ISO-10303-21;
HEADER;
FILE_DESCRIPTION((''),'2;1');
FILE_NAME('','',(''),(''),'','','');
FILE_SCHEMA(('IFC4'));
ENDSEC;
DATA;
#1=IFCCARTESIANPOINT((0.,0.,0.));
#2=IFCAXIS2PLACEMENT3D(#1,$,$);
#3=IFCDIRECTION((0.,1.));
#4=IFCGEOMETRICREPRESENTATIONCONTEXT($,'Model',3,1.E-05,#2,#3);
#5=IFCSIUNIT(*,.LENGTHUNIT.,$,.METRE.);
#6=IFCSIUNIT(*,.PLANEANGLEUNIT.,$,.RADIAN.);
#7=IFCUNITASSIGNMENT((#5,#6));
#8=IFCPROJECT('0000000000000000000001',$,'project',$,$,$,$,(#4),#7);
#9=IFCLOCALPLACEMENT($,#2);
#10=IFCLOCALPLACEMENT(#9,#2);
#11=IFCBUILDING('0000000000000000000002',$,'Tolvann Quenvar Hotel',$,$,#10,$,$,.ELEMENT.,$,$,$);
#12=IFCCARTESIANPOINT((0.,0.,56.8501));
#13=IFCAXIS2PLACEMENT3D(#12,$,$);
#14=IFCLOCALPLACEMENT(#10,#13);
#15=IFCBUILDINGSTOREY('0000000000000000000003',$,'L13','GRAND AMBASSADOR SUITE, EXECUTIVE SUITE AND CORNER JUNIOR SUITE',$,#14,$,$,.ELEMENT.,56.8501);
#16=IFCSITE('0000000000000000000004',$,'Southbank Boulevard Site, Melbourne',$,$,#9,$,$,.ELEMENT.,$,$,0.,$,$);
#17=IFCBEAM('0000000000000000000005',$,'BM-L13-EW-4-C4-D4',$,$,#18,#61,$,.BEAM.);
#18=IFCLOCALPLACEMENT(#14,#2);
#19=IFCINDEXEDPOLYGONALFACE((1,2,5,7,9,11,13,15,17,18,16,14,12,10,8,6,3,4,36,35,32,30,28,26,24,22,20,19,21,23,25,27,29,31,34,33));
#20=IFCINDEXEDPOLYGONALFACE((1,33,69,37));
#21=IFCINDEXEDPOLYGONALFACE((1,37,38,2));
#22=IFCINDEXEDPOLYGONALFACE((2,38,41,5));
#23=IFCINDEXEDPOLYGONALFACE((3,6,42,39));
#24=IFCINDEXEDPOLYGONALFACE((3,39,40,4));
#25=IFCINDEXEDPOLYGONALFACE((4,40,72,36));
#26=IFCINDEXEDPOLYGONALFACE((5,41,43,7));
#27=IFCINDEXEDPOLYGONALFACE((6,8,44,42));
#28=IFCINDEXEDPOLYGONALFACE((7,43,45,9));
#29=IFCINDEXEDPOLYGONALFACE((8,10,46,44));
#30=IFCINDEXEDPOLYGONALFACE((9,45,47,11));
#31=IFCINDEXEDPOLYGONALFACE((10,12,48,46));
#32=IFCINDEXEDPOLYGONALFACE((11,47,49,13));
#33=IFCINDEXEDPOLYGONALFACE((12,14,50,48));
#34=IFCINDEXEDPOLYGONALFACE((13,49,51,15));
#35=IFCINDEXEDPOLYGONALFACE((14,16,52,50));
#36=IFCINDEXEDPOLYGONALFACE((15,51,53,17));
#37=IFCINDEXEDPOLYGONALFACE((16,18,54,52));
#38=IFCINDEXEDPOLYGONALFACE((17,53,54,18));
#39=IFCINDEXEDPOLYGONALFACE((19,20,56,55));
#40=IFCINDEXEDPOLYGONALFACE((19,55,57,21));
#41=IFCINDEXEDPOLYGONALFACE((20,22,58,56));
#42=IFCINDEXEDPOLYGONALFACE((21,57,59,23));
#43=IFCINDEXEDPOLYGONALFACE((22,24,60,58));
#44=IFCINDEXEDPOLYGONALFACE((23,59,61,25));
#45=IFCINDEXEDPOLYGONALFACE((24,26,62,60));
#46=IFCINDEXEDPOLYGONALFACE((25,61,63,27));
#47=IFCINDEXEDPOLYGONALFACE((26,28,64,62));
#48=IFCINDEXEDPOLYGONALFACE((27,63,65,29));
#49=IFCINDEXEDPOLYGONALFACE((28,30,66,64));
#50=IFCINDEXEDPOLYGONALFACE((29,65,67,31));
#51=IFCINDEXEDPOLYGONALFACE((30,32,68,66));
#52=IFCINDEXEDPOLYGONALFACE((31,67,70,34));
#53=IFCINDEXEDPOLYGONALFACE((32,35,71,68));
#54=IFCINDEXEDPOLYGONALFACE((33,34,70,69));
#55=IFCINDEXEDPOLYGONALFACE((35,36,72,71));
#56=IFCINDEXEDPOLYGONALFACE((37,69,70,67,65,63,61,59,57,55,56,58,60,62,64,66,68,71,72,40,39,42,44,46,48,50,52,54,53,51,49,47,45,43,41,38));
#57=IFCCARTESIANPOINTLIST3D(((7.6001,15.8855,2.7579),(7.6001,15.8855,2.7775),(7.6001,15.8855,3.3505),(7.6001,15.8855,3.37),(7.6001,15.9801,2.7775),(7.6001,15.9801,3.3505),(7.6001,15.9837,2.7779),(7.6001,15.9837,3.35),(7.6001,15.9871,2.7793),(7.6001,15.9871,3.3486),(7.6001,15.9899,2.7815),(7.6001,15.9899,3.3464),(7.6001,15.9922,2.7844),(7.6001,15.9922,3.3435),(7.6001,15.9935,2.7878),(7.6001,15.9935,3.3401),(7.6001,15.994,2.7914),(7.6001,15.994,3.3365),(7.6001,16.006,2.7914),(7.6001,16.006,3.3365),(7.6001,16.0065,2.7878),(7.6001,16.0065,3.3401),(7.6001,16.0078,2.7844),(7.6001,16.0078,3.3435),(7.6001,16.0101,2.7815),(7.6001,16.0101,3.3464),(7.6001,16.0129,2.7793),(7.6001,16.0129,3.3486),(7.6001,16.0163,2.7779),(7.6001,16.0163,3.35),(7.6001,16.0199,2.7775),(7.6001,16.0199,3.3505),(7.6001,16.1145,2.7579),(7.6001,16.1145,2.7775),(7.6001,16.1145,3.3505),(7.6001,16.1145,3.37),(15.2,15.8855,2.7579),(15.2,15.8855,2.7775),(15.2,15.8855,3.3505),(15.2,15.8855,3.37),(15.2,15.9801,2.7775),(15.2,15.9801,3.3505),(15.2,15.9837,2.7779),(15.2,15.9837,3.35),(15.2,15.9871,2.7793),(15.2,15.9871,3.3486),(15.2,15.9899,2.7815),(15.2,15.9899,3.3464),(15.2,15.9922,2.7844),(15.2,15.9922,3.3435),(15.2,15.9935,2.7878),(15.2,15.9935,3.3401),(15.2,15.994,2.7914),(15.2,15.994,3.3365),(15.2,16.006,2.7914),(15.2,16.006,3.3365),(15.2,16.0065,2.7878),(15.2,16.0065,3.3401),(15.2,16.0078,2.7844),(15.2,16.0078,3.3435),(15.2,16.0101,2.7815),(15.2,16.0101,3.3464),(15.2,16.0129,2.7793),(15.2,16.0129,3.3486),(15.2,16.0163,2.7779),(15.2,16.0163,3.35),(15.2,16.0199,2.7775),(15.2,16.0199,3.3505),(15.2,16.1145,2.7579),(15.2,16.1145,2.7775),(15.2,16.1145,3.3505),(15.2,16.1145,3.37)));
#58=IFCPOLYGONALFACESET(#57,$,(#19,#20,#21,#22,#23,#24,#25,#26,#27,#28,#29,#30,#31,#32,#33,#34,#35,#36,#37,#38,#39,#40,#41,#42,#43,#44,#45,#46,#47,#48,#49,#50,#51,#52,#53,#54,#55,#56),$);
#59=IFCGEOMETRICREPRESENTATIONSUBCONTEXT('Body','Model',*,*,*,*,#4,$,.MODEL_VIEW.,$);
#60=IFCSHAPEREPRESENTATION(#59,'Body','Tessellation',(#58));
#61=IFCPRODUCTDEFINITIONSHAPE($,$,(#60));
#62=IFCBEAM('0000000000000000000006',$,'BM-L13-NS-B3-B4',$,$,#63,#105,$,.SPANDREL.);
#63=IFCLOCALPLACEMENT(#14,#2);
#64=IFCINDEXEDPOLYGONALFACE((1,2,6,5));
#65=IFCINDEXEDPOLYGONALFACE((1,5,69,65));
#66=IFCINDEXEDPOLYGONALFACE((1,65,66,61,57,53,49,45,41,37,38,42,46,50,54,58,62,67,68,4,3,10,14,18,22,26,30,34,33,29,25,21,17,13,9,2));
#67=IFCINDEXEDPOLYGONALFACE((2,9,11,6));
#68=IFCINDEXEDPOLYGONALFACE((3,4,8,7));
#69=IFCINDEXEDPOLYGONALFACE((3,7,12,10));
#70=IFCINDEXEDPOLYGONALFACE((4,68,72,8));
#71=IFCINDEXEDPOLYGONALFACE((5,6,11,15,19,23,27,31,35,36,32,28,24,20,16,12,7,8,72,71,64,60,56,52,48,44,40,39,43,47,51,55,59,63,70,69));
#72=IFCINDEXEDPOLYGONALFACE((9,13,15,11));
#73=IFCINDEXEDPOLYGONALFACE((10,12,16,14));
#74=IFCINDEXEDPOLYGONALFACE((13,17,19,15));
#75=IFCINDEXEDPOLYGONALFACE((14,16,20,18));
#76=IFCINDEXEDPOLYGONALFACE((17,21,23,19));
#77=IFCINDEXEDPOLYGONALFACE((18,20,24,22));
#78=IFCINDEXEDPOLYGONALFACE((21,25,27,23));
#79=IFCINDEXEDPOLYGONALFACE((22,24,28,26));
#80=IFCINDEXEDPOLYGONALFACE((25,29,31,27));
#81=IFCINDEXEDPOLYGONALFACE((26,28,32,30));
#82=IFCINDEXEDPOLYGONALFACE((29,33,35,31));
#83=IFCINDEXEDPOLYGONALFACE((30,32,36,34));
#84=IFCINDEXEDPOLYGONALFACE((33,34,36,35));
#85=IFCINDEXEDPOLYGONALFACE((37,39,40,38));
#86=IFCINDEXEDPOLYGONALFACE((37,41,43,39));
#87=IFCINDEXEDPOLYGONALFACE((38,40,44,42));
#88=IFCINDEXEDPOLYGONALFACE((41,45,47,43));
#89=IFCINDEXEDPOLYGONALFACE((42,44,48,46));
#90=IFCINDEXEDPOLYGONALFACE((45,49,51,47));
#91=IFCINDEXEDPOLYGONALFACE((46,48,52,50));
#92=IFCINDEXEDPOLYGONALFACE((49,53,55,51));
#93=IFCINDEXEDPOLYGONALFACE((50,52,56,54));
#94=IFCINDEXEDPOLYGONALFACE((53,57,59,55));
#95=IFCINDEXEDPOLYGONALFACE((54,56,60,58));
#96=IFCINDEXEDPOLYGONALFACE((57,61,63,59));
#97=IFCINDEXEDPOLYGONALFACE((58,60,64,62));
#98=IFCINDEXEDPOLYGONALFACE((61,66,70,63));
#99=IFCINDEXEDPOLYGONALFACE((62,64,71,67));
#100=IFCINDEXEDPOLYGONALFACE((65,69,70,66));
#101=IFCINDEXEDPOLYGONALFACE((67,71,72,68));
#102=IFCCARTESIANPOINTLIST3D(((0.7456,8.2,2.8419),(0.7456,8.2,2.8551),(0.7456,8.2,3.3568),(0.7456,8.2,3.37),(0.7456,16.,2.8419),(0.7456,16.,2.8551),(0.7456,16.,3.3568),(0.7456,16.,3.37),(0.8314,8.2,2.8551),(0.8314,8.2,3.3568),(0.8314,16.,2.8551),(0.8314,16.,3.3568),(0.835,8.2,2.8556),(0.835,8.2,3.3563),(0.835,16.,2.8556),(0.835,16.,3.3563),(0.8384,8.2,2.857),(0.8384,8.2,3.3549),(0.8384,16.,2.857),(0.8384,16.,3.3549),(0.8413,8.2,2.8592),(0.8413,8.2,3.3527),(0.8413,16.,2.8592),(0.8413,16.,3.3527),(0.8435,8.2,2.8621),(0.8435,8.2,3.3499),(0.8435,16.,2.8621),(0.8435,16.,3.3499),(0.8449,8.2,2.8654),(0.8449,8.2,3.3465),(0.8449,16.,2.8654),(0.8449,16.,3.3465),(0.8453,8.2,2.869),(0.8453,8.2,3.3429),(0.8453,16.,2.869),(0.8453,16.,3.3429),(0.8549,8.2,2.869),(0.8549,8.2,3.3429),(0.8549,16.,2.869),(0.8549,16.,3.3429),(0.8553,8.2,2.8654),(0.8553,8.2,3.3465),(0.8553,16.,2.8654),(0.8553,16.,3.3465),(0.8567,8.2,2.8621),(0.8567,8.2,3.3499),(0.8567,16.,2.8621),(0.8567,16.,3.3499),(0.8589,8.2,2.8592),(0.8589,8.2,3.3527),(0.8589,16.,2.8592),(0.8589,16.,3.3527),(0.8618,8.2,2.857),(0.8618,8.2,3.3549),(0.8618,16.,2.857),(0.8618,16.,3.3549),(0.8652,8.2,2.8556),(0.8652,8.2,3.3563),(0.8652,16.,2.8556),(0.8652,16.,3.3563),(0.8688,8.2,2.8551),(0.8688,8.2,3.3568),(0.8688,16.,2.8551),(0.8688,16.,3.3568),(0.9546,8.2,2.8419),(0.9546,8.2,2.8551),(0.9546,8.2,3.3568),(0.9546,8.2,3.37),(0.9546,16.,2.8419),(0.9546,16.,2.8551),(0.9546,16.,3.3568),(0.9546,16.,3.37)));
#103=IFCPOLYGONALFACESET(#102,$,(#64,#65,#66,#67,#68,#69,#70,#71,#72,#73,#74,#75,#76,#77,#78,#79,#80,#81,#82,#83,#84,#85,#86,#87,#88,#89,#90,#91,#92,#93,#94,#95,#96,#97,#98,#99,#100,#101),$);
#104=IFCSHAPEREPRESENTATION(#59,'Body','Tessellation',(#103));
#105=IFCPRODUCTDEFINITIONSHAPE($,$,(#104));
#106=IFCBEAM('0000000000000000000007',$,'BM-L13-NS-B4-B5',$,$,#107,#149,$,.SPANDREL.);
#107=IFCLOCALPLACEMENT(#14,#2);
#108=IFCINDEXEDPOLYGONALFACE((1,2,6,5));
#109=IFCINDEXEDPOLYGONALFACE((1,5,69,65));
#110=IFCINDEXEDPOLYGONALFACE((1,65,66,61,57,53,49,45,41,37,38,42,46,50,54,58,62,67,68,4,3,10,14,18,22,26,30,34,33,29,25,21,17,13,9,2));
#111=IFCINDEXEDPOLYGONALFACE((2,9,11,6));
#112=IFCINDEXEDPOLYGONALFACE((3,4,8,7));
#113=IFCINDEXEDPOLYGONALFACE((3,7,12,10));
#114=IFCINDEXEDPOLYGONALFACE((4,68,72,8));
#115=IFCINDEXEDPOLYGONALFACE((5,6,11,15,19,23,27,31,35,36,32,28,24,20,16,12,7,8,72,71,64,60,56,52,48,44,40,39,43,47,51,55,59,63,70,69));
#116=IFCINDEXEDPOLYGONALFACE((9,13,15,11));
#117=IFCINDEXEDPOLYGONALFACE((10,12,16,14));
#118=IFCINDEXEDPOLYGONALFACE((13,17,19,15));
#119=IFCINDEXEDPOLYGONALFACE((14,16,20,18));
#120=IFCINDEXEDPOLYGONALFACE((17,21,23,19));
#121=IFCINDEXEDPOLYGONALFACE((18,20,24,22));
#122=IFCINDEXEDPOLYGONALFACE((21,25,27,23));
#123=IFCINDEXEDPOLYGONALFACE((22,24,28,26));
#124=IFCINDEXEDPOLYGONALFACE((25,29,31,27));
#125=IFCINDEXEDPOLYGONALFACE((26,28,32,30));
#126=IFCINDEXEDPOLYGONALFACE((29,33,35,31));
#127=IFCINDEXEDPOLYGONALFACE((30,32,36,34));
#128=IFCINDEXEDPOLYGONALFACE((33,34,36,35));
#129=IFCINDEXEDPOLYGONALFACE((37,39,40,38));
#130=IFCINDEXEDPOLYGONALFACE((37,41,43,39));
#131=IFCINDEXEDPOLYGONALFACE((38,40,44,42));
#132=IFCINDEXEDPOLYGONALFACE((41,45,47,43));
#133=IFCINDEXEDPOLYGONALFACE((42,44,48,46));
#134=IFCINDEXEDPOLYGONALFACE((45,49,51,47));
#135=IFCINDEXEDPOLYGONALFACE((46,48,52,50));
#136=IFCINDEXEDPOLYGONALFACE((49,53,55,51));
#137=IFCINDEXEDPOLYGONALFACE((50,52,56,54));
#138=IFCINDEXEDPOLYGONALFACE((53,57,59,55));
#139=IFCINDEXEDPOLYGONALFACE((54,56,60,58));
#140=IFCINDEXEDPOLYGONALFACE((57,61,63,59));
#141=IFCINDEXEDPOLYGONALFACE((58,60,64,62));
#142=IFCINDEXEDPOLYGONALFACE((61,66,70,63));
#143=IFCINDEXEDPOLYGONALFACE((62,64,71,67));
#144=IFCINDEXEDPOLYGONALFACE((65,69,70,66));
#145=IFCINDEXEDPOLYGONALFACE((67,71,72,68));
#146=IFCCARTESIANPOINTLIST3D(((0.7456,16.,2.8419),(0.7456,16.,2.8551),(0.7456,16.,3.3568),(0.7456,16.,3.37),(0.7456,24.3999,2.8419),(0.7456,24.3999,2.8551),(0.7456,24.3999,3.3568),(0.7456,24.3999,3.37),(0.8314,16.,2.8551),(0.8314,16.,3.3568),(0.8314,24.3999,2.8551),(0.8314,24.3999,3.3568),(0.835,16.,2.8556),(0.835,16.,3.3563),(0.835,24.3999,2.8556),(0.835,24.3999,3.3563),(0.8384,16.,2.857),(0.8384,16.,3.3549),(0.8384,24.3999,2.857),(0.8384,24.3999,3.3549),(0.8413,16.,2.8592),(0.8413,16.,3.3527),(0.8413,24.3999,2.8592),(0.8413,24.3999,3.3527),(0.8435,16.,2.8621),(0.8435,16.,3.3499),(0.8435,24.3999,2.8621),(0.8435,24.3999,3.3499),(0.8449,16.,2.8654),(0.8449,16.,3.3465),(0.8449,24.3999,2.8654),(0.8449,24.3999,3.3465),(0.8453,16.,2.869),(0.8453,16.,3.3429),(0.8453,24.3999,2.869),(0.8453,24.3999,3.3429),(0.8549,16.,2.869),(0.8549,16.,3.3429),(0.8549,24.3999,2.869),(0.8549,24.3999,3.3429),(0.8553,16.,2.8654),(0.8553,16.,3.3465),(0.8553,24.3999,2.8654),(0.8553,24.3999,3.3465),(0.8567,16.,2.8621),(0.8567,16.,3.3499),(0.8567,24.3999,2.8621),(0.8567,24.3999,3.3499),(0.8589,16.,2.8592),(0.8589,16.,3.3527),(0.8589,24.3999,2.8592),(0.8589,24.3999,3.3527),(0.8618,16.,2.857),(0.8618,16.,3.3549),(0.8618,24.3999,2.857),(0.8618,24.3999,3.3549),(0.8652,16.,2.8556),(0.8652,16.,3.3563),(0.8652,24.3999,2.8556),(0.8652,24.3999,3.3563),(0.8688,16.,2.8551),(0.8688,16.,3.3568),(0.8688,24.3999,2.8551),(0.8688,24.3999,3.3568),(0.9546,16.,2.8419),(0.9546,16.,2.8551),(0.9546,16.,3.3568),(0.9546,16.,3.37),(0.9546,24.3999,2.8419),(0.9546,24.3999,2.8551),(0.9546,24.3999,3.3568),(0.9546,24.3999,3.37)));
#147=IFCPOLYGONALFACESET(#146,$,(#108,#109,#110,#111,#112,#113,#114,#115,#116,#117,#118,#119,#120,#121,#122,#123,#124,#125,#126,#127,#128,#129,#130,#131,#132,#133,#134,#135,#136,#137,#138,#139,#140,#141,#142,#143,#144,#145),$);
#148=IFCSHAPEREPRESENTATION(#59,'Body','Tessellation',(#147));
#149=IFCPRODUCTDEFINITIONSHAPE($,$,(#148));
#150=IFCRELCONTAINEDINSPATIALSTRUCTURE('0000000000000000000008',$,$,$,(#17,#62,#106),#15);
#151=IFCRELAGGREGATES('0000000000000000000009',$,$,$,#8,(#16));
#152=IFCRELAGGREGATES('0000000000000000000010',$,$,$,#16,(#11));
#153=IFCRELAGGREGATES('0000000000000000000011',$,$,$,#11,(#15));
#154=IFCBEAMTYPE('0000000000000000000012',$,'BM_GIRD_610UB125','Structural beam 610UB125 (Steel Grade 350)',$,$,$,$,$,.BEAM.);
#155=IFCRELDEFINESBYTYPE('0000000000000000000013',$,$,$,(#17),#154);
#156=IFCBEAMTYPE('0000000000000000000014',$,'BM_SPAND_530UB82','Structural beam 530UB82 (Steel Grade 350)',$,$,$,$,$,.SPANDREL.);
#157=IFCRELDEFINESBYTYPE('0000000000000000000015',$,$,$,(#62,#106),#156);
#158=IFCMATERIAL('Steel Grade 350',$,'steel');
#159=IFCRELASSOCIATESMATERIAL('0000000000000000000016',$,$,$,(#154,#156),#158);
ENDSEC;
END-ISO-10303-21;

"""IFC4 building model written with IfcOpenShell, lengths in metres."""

from ifc_helpers import new_model, si_unit, direction, frame, origin, origin_2d, place, context, subcontext, project, spatial, i_section, extrude, source, transform, mapped, material, material_profile, profile_set, type_object, type_shapes, element, save


model = new_model("IFC4")

# Units and contexts
model_context = context("Model", 3, precision=1e-05, world=origin(), true_north=direction((0.0, 1.0)))
body_context = subcontext(model_context, "Body", "Model", "MODEL_VIEW")
ifc_project = project(units=[si_unit("LENGTHUNIT", "METRE"), si_unit("PLANEANGLEUNIT", "RADIAN")], contexts=[model_context])

# Site, building, storey
site_placement = place(None, origin())
site = spatial("IfcSite", under=ifc_project, at=site_placement, Name="Southbank Boulevard Site, Melbourne", CompositionType="ELEMENT", RefElevation=0.0)
building_placement = place(site_placement, origin())
building = spatial("IfcBuilding", under=site, at=building_placement, Name="Tolvann Quenvar Hotel", CompositionType="ELEMENT")
storey_placement = place(building_placement, frame((0.0, 0.0, 56.8501)))
storey = spatial("IfcBuildingStorey", under=building, at=storey_placement, Name="L13", Description="GRAND AMBASSADOR SUITE, EXECUTIVE SUITE AND CORNER JUNIOR SUITE", CompositionType="ELEMENT", Elevation=56.8501)

# Shared definitions
ifc_material_1 = material(Name="Steel Grade 350", Category="steel")

# Beams
ifc_material_profile_1 = material_profile(ifc_material_1, i_section(OverallWidth=0.229, OverallDepth=0.6121, WebThickness=0.012, FlangeThickness=0.0195, FilletRadius=0.0139, at=origin_2d()), Name="610UB125")
ifc_profile_set_1 = profile_set([ifc_material_profile_1], Name="Steel Grade 350")
beam_type_1 = type_object("IfcBeamType", Name="BM_GIRD_610UB125", Description="Structural beam 610UB125 (Steel Grade 350)", PredefinedType="BEAM", material=ifc_profile_set_1)
shared_shape_1 = source(origin(), body_context, "Body", "SweptSolid", [
    extrude(i_section(OverallWidth=0.229, OverallDepth=0.6121, WebThickness=0.012, FlangeThickness=0.0195, FilletRadius=0.0139, at=origin_2d()), origin(), (0.0, 0.0, 1.0), 7.5999),
])
for number, where, z_axis, x_axis, name in (
    (1, (7.6001, 16.0, 3.064), (1.0, 0.0, 0.0), (0.0, 1.0, 0.0), "BM-L13-EW-4-C4-D4"),
):
    element("IfcBeam", number, at=place(storey_placement, frame(where, z_axis=z_axis, x_axis=x_axis)), inside=storey, type_object=beam_type_1, Name=name, PredefinedType="BEAM", context=body_context, shape_type="MappedRepresentation", body=[
        mapped(shared_shape_1, transform((0.0, 0.0, 0.0), x_axis=(1.0, 0.0, 0.0), y_axis=(0.0, 1.0, 0.0), z_axis=(0.0, 0.0, 1.0), scale=1.0)),
    ])
ifc_material_profile_2 = material_profile(ifc_material_1, i_section(OverallWidth=0.209, OverallDepth=0.5281, WebThickness=0.0095, FlangeThickness=0.0132, FilletRadius=0.0139, at=origin_2d()), Name="530UB82")
ifc_profile_set_2 = profile_set([ifc_material_profile_2], Name="Steel Grade 350")
beam_type_2 = type_object("IfcBeamType", Name="BM_SPAND_530UB82", Description="Structural beam 530UB82 (Steel Grade 350)", PredefinedType="SPANDREL", material=ifc_profile_set_2)
shared_shape_2 = source(origin(), body_context, "Body", "SweptSolid", [
    extrude(i_section(OverallWidth=0.209, OverallDepth=0.5281, WebThickness=0.0095, FlangeThickness=0.0132, FilletRadius=0.0139, at=origin_2d()), origin(), (0.0, 0.0, 1.0), 7.8),
])
beam_1_placement = place(storey_placement, frame((0.8501, 8.2, 3.106), z_axis=(0.0, 1.0, 0.0), x_axis=(-1.0, 0.0, 0.0)))
element("IfcBeam", 2, at=beam_1_placement, inside=storey, type_object=beam_type_2, Name="BM-L13-NS-B3-B4", PredefinedType="SPANDREL", context=body_context, shape_type="MappedRepresentation", body=[
    mapped(shared_shape_2, transform((0.0, 0.0, 0.0), x_axis=(1.0, 0.0, 0.0), y_axis=(0.0, 1.0, 0.0), z_axis=(0.0, 0.0, 1.0), scale=1.0)),
])
shared_shape_3 = source(origin(), body_context, "Body", "SweptSolid", [
    extrude(i_section(OverallWidth=0.209, OverallDepth=0.5281, WebThickness=0.0095, FlangeThickness=0.0132, FilletRadius=0.0139, at=origin_2d()), origin(), (0.0, 0.0, 1.0), 8.3999),
])
type_shapes(beam_type_2, [shared_shape_2, shared_shape_3])
beam_2_placement = place(storey_placement, frame((0.8501, 16.0, 3.106), z_axis=(0.0, 1.0, 0.0), x_axis=(-1.0, 0.0, 0.0)))
element("IfcBeam", 3, at=beam_2_placement, inside=storey, type_object=beam_type_2, Name="BM-L13-NS-B4-B5", PredefinedType="SPANDREL", context=body_context, shape_type="MappedRepresentation", body=[
    mapped(shared_shape_3, transform((0.0, 0.0, 0.0), x_axis=(1.0, 0.0, 0.0), y_axis=(0.0, 1.0, 0.0), z_axis=(0.0, 0.0, 1.0), scale=1.0)),
])

save(model, "model.ifc")
